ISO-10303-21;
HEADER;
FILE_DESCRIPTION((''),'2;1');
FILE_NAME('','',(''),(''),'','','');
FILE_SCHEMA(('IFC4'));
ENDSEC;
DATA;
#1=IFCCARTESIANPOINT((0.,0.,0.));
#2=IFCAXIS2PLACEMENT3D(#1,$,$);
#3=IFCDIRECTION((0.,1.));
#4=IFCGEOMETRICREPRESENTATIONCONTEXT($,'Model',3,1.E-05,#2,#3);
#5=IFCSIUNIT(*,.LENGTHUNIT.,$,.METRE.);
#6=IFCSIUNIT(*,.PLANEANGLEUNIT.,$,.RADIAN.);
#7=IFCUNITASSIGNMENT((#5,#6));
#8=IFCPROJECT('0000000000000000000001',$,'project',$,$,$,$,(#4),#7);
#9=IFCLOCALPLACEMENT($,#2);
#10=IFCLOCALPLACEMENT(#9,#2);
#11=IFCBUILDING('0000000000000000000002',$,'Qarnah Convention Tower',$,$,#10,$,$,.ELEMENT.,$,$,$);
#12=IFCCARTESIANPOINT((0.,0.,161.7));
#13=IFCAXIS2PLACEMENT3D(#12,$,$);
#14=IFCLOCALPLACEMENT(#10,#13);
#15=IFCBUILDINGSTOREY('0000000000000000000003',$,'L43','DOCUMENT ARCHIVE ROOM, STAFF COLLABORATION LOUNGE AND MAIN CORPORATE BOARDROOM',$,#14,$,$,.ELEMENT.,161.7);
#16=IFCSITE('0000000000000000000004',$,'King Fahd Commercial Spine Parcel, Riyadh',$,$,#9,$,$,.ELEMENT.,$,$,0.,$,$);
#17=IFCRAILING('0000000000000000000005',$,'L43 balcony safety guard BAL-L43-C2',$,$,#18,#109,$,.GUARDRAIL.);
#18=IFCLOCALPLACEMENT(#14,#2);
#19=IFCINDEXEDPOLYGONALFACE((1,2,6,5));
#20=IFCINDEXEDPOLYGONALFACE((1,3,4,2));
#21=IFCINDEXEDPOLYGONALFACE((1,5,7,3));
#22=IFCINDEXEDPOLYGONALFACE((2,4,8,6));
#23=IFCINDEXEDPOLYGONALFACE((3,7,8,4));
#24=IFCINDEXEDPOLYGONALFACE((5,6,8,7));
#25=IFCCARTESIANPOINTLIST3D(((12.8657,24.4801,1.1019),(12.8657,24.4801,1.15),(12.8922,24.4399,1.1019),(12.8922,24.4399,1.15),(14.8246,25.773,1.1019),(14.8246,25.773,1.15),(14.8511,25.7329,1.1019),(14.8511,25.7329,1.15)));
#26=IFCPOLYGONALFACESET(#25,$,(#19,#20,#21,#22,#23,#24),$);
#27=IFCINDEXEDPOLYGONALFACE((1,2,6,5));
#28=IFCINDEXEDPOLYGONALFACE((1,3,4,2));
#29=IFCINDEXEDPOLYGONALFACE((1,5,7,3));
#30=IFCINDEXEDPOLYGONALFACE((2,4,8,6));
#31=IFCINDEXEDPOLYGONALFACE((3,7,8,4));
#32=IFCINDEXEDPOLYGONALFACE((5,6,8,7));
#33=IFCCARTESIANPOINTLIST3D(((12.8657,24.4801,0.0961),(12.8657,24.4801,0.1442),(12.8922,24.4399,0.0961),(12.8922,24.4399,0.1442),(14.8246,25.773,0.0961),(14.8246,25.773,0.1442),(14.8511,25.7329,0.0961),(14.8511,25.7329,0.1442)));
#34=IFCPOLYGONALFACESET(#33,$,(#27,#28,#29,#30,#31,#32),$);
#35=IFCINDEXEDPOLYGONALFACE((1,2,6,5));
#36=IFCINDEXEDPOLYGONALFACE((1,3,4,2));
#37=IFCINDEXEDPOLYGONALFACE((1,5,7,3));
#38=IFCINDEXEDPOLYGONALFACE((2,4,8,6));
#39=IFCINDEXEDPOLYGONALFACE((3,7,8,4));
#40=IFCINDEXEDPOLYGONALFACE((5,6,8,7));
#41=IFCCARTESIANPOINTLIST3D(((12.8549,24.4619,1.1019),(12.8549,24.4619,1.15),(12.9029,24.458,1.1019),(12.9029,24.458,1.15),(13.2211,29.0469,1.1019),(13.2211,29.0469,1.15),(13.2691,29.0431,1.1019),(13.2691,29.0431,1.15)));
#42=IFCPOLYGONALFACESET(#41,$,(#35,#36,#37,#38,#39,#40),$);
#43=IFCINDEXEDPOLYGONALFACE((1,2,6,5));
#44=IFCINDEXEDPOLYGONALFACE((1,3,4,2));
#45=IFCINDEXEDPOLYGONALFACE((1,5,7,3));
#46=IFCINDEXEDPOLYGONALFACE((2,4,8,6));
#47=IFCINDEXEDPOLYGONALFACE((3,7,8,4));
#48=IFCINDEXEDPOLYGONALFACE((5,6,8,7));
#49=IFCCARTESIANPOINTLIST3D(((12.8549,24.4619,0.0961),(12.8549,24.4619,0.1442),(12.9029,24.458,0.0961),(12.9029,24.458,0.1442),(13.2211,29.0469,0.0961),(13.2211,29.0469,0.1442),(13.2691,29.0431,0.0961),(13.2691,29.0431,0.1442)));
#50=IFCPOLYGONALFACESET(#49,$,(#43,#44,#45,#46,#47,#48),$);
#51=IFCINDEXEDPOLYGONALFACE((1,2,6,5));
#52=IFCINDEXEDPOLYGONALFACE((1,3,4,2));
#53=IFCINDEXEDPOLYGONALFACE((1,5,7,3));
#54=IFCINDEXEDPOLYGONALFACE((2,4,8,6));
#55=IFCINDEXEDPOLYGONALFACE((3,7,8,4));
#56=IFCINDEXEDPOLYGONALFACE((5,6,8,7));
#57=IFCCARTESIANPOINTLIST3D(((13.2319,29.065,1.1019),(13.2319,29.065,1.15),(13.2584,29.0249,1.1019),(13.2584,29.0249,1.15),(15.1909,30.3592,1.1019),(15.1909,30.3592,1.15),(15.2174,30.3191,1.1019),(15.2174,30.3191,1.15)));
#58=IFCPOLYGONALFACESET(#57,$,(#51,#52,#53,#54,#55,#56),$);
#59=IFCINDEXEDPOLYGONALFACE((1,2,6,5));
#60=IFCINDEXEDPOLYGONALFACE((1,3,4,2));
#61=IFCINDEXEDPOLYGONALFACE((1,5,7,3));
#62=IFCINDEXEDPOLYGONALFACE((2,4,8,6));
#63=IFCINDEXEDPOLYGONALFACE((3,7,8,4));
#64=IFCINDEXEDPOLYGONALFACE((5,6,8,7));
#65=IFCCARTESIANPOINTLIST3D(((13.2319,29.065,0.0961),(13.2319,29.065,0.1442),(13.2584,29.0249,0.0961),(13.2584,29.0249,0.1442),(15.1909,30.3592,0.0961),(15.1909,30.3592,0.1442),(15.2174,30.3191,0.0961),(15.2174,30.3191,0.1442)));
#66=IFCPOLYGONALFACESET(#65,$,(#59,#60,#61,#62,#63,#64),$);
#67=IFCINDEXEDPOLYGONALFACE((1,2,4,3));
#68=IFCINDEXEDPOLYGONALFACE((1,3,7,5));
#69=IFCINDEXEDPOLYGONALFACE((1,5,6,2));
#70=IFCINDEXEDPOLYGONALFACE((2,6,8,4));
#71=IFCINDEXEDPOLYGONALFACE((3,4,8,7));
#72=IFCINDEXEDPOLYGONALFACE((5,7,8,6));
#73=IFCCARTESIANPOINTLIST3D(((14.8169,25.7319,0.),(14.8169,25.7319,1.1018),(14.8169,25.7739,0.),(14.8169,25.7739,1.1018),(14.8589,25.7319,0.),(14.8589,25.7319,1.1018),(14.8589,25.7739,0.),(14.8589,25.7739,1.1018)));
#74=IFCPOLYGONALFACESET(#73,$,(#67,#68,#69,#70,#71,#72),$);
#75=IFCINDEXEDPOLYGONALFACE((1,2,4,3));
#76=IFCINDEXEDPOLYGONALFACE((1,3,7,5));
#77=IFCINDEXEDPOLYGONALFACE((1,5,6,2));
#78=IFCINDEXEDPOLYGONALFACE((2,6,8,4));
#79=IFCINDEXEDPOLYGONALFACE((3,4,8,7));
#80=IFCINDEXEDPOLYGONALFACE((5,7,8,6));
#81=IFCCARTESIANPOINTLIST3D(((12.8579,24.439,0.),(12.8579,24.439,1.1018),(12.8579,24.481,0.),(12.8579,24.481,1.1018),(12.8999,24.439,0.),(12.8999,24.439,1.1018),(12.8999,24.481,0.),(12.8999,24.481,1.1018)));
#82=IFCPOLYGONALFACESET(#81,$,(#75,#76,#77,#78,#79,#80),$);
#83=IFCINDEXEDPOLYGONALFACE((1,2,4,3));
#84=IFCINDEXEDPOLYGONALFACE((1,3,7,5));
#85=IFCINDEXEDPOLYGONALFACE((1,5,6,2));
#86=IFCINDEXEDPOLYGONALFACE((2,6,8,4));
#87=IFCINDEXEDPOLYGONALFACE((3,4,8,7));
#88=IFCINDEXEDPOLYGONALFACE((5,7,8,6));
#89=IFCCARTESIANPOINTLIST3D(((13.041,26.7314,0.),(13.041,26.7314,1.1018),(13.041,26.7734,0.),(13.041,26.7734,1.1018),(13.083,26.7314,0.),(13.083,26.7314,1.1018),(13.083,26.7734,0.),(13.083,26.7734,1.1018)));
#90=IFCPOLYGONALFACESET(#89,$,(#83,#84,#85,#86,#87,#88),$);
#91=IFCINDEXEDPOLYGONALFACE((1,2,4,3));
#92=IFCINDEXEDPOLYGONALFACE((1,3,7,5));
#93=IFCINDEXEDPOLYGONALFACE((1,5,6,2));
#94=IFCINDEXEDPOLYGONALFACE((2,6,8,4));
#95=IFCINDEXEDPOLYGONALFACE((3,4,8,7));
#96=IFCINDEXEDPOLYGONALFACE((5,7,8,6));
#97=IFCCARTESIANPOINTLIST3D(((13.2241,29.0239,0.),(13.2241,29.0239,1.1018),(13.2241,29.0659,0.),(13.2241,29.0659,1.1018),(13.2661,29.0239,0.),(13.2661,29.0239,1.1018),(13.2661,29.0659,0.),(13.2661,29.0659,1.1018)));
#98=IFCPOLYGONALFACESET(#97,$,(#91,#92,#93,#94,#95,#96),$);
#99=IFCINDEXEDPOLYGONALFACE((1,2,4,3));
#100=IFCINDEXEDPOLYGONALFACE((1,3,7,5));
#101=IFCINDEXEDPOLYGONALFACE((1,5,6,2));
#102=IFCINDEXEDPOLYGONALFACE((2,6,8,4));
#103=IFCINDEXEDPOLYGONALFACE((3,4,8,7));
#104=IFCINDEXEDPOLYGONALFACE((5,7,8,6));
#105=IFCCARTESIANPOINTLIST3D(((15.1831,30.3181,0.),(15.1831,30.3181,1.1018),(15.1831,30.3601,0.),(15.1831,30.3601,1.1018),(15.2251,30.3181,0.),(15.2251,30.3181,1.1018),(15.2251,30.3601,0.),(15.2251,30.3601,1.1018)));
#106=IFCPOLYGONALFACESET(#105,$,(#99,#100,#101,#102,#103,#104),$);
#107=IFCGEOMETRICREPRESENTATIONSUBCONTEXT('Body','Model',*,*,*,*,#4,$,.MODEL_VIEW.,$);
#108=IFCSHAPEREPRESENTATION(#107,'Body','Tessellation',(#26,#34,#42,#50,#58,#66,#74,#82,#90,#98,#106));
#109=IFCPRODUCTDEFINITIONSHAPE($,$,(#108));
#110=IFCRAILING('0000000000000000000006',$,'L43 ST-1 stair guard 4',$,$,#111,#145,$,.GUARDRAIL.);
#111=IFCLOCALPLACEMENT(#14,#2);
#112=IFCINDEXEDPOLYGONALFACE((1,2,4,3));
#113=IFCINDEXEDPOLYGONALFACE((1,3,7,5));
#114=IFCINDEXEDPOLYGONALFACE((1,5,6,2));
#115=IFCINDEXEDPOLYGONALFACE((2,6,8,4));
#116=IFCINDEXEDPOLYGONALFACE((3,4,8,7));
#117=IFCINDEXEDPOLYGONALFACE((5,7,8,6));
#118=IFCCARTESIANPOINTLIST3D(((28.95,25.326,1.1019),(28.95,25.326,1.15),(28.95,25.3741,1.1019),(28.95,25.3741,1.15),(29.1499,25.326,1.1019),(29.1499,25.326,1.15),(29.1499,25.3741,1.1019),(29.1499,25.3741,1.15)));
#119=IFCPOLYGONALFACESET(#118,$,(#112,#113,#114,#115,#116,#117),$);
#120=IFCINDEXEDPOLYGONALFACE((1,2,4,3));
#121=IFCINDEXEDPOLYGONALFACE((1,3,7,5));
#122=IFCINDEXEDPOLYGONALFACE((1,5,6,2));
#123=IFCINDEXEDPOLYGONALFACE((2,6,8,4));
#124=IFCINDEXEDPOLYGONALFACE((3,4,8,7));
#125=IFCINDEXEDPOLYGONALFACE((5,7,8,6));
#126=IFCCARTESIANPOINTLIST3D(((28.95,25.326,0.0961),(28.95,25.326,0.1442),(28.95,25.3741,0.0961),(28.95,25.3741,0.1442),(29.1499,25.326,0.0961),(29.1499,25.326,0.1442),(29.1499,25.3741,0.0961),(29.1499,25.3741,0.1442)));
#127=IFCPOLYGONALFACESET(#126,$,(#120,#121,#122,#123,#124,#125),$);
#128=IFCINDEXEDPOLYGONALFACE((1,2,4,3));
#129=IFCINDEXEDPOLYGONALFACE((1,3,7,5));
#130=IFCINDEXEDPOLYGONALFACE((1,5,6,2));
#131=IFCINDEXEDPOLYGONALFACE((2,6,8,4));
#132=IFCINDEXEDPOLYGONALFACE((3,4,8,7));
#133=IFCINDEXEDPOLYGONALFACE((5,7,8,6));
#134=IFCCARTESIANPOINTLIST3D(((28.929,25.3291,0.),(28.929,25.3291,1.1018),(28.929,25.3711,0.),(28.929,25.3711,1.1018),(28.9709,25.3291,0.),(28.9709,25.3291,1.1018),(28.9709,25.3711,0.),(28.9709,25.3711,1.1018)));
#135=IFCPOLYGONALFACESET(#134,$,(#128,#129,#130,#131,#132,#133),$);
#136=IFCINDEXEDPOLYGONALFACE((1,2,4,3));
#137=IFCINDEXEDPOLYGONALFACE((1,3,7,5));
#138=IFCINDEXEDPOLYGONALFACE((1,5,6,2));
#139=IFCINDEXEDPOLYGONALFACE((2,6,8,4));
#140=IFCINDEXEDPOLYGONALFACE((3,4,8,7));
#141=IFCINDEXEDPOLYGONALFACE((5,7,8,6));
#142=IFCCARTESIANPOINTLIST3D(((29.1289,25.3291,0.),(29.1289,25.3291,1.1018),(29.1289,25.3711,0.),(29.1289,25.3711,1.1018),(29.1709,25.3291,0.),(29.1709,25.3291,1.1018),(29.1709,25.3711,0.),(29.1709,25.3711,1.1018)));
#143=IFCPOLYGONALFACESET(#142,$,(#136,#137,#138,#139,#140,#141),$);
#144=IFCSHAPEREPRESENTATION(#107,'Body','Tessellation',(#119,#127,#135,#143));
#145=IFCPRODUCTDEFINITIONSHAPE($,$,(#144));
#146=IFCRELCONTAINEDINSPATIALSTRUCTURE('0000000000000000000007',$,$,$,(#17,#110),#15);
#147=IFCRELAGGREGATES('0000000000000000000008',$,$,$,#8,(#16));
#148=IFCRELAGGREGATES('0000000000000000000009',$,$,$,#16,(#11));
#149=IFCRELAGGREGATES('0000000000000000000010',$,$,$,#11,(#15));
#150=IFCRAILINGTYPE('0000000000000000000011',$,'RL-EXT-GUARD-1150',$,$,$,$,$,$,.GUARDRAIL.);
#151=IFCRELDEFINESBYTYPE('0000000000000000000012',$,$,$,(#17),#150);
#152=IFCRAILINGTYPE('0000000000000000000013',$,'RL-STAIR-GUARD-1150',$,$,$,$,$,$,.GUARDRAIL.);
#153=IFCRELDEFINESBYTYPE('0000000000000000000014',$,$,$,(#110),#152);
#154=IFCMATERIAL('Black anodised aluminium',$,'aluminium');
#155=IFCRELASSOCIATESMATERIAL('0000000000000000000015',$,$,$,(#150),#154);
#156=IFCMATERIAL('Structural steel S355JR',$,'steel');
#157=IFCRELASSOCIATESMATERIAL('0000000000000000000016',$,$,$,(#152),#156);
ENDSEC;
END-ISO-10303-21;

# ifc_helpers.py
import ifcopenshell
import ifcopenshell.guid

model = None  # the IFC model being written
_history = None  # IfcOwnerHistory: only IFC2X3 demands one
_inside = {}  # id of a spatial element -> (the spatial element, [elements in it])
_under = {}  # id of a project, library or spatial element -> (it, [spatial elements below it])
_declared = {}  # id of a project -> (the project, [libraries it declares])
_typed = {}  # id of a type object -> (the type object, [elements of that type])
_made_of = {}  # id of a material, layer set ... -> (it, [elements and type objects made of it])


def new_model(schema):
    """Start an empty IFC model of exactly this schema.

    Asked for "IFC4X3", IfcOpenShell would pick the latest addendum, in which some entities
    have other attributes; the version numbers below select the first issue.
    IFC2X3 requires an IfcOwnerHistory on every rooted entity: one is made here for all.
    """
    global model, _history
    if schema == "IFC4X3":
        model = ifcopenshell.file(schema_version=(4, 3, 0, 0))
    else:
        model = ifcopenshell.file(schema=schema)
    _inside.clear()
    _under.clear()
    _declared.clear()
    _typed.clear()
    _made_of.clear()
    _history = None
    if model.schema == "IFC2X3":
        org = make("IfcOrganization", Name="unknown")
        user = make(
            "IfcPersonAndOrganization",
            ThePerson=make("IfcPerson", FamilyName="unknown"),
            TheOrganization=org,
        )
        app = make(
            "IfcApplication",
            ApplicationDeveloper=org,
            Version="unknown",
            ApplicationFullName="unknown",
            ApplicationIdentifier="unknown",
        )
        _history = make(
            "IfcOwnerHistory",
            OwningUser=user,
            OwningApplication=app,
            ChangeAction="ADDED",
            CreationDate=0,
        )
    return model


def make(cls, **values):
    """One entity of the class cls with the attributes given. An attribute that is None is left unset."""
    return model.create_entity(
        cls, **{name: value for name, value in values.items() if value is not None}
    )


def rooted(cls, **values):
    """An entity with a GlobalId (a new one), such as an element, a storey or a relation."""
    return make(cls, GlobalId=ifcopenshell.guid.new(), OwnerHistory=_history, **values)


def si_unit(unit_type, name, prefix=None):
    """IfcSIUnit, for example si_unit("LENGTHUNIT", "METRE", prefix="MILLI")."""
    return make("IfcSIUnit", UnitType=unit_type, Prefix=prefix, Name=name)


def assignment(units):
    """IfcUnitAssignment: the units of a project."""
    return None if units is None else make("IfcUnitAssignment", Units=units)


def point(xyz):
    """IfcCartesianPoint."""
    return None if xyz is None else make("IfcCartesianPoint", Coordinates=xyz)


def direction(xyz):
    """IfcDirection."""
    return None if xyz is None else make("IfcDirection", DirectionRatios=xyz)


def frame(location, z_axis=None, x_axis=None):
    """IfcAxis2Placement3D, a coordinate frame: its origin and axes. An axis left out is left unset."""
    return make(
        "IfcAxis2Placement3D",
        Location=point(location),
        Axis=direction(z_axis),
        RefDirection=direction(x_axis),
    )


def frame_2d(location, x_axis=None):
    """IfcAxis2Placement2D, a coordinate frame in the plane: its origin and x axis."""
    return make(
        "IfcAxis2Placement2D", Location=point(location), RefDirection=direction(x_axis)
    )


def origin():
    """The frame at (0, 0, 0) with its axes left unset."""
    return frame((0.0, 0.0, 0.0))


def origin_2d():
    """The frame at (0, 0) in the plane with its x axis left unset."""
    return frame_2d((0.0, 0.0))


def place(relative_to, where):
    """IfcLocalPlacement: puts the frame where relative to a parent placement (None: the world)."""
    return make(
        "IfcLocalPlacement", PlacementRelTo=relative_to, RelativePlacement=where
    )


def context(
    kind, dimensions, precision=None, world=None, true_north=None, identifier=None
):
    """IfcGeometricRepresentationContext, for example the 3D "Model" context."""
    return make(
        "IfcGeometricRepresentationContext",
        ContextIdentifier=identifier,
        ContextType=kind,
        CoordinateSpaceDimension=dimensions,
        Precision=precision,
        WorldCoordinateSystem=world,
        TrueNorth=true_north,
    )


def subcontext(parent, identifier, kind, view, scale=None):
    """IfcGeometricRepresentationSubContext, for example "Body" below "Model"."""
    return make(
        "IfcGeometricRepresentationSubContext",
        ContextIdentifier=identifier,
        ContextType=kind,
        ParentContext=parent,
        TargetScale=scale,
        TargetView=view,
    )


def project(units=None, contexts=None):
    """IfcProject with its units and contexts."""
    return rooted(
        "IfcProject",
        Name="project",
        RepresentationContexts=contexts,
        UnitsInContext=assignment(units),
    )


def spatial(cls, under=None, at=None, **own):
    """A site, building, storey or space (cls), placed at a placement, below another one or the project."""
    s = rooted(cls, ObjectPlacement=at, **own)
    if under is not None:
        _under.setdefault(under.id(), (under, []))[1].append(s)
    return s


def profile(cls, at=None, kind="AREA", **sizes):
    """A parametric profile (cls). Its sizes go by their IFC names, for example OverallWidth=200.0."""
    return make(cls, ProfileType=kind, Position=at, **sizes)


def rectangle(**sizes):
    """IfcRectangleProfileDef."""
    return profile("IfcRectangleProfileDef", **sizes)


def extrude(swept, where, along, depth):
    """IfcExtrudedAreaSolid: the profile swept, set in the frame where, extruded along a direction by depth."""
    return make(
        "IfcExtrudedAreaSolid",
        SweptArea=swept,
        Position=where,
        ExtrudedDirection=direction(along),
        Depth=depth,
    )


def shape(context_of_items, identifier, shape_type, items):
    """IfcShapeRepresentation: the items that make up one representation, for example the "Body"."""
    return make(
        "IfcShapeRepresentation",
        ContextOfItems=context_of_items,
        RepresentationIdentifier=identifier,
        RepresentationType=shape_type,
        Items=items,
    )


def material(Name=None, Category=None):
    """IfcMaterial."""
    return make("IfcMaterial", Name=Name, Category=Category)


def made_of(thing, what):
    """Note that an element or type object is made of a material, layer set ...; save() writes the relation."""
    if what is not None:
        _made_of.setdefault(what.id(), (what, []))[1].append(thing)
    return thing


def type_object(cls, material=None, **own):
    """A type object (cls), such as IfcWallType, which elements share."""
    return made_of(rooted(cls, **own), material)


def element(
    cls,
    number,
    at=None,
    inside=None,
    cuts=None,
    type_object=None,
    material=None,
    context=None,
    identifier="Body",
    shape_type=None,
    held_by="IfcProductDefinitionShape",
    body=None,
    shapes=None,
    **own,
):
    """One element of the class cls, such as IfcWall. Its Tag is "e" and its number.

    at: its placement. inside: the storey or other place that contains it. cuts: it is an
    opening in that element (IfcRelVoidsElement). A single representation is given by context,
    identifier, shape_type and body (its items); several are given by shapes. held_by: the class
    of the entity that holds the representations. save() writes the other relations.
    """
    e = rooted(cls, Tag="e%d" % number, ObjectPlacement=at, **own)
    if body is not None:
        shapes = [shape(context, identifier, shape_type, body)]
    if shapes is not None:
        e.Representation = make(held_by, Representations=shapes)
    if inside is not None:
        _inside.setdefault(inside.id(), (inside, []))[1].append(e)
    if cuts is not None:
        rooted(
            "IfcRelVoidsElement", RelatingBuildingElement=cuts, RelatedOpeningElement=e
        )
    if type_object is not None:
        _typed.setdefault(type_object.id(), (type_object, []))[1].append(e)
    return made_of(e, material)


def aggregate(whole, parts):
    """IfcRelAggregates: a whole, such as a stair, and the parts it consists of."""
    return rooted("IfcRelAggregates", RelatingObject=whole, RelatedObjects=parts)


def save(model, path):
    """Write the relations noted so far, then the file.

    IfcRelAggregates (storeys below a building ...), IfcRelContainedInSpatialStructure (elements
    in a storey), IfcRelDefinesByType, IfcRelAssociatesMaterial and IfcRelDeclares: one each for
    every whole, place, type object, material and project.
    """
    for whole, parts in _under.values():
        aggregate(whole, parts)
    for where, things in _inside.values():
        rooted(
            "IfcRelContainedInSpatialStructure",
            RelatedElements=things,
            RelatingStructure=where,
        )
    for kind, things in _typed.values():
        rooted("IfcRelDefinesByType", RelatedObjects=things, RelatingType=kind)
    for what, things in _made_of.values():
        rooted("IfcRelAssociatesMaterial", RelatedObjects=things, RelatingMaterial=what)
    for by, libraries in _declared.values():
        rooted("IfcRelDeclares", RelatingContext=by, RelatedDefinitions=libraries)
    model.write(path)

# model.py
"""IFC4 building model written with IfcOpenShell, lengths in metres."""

from ifc_helpers import new_model, si_unit, direction, frame, origin, origin_2d, place, context, subcontext, project, spatial, rectangle, extrude, material, type_object, element, save


model = new_model("IFC4")

# Units and contexts
model_context = context("Model", 3, precision=1e-05, world=origin(), true_north=direction((0.0, 1.0)))
body_context = subcontext(model_context, "Body", "Model", "MODEL_VIEW")
ifc_project = project(units=[si_unit("LENGTHUNIT", "METRE"), si_unit("PLANEANGLEUNIT", "RADIAN")], contexts=[model_context])

# Site, building, storey
site_placement = place(None, origin())
site = spatial("IfcSite", under=ifc_project, at=site_placement, Name="King Fahd Commercial Spine Parcel, Riyadh", CompositionType="ELEMENT", RefElevation=0.0)
building_placement = place(site_placement, origin())
building = spatial("IfcBuilding", under=site, at=building_placement, Name="Qarnah Convention Tower", CompositionType="ELEMENT")
storey_placement = place(building_placement, frame((0.0, 0.0, 161.7)))
storey = spatial("IfcBuildingStorey", under=building, at=storey_placement, Name="L43", Description="DOCUMENT ARCHIVE ROOM, STAFF COLLABORATION LOUNGE AND MAIN CORPORATE BOARDROOM", CompositionType="ELEMENT", Elevation=161.7)

# Shared definitions
ifc_material_1 = material(Name="Structural steel S355JR", Category="steel")

# Shared definitions
ifc_material_2 = material(Name="Black anodised aluminium", Category="aluminium")

# Railings
railing_type_1 = type_object("IfcRailingType", Name="RL-EXT-GUARD-1150", PredefinedType="GUARDRAIL", material=ifc_material_2)
railing_1_placement = place(storey_placement, frame((14.8379, 25.7529, 0.0)))
element("IfcRailing", 1, at=railing_1_placement, inside=storey, type_object=railing_type_1, Name="L43 balcony safety guard BAL-L43-C2", PredefinedType="GUARDRAIL", context=body_context, shape_type="SweptSolid", body=[
    extrude(rectangle(XDim=0.0481, YDim=0.0481, at=origin_2d()), frame((0.0, 0.0, 1.126), z_axis=(-0.834602, -0.550854, 0.0), x_axis=(0.550854, -0.834602, 0.0)), (0.0, 0.0, 1.0), 2.3472),
    extrude(rectangle(XDim=0.0481, YDim=0.0481, at=origin_2d()), frame((0.0, 0.0, 0.1201), z_axis=(-0.834602, -0.550854, 0.0), x_axis=(0.550854, -0.834602, 0.0)), (0.0, 0.0, 1.0), 2.3472),
    extrude(rectangle(XDim=0.0481, YDim=0.0481, at=origin_2d()), frame((-1.959, -1.293, 1.126), z_axis=(0.079619, 0.996825, 0.0), x_axis=(-0.996825, 0.079619, 0.0)), (0.0, 0.0, 1.0), 4.5996),
    extrude(rectangle(XDim=0.0481, YDim=0.0481, at=origin_2d()), frame((-1.959, -1.293, 0.1201), z_axis=(0.079619, 0.996825, 0.0), x_axis=(-0.996825, 0.079619, 0.0)), (0.0, 0.0, 1.0), 4.5996),
    extrude(rectangle(XDim=0.0481, YDim=0.0481, at=origin_2d()), frame((-1.5928, 3.292, 1.126), z_axis=(0.834363, 0.551216, 0.0), x_axis=(-0.551216, 0.834363, 0.0)), (0.0, 0.0, 1.0), 2.3479),
    extrude(rectangle(XDim=0.0481, YDim=0.0481, at=origin_2d()), frame((-1.5928, 3.292, 0.1201), z_axis=(0.834363, 0.551216, 0.0), x_axis=(-0.551216, 0.834363, 0.0)), (0.0, 0.0, 1.0), 2.3479),
    extrude(rectangle(XDim=0.042, YDim=0.042, at=origin_2d()), origin(), (0.0, 0.0, 1.0), 1.1018),
    extrude(rectangle(XDim=0.042, YDim=0.042, at=origin_2d()), frame((-1.959, -1.293, 0.0)), (0.0, 0.0, 1.0), 1.1018),
    extrude(rectangle(XDim=0.042, YDim=0.042, at=origin_2d()), frame((-1.7759, 0.9995, 0.0)), (0.0, 0.0, 1.0), 1.1018),
    extrude(rectangle(XDim=0.042, YDim=0.042, at=origin_2d()), frame((-1.5928, 3.292, 0.0)), (0.0, 0.0, 1.0), 1.1018),
    extrude(rectangle(XDim=0.042, YDim=0.042, at=origin_2d()), frame((0.3662, 4.5862, 0.0)), (0.0, 0.0, 1.0), 1.1018),
])
railing_type_2 = type_object("IfcRailingType", Name="RL-STAIR-GUARD-1150", PredefinedType="GUARDRAIL", material=ifc_material_1)
railing_2_placement = place(storey_placement, frame((28.95, 25.3501, 0.0)))
element("IfcRailing", 2, at=railing_2_placement, inside=storey, type_object=railing_type_2, Name="L43 ST-1 stair guard 4", PredefinedType="GUARDRAIL", context=body_context, shape_type="SweptSolid", body=[
    extrude(rectangle(XDim=0.0481, YDim=0.0481, at=origin_2d()), frame((0.0, 0.0, 1.126), z_axis=(1.0, 0.0, 0.0), x_axis=(0.0, 1.0, 0.0)), (0.0, 0.0, 1.0), 0.2),
    extrude(rectangle(XDim=0.0481, YDim=0.0481, at=origin_2d()), frame((0.0, 0.0, 0.1201), z_axis=(1.0, 0.0, 0.0), x_axis=(0.0, 1.0, 0.0)), (0.0, 0.0, 1.0), 0.2),
    extrude(rectangle(XDim=0.042, YDim=0.042, at=origin_2d()), origin(), (0.0, 0.0, 1.0), 1.1018),
    extrude(rectangle(XDim=0.042, YDim=0.042, at=origin_2d()), frame((0.2, 0.0, 0.0)), (0.0, 0.0, 1.0), 1.1018),
])

save(model, "model.ifc")
